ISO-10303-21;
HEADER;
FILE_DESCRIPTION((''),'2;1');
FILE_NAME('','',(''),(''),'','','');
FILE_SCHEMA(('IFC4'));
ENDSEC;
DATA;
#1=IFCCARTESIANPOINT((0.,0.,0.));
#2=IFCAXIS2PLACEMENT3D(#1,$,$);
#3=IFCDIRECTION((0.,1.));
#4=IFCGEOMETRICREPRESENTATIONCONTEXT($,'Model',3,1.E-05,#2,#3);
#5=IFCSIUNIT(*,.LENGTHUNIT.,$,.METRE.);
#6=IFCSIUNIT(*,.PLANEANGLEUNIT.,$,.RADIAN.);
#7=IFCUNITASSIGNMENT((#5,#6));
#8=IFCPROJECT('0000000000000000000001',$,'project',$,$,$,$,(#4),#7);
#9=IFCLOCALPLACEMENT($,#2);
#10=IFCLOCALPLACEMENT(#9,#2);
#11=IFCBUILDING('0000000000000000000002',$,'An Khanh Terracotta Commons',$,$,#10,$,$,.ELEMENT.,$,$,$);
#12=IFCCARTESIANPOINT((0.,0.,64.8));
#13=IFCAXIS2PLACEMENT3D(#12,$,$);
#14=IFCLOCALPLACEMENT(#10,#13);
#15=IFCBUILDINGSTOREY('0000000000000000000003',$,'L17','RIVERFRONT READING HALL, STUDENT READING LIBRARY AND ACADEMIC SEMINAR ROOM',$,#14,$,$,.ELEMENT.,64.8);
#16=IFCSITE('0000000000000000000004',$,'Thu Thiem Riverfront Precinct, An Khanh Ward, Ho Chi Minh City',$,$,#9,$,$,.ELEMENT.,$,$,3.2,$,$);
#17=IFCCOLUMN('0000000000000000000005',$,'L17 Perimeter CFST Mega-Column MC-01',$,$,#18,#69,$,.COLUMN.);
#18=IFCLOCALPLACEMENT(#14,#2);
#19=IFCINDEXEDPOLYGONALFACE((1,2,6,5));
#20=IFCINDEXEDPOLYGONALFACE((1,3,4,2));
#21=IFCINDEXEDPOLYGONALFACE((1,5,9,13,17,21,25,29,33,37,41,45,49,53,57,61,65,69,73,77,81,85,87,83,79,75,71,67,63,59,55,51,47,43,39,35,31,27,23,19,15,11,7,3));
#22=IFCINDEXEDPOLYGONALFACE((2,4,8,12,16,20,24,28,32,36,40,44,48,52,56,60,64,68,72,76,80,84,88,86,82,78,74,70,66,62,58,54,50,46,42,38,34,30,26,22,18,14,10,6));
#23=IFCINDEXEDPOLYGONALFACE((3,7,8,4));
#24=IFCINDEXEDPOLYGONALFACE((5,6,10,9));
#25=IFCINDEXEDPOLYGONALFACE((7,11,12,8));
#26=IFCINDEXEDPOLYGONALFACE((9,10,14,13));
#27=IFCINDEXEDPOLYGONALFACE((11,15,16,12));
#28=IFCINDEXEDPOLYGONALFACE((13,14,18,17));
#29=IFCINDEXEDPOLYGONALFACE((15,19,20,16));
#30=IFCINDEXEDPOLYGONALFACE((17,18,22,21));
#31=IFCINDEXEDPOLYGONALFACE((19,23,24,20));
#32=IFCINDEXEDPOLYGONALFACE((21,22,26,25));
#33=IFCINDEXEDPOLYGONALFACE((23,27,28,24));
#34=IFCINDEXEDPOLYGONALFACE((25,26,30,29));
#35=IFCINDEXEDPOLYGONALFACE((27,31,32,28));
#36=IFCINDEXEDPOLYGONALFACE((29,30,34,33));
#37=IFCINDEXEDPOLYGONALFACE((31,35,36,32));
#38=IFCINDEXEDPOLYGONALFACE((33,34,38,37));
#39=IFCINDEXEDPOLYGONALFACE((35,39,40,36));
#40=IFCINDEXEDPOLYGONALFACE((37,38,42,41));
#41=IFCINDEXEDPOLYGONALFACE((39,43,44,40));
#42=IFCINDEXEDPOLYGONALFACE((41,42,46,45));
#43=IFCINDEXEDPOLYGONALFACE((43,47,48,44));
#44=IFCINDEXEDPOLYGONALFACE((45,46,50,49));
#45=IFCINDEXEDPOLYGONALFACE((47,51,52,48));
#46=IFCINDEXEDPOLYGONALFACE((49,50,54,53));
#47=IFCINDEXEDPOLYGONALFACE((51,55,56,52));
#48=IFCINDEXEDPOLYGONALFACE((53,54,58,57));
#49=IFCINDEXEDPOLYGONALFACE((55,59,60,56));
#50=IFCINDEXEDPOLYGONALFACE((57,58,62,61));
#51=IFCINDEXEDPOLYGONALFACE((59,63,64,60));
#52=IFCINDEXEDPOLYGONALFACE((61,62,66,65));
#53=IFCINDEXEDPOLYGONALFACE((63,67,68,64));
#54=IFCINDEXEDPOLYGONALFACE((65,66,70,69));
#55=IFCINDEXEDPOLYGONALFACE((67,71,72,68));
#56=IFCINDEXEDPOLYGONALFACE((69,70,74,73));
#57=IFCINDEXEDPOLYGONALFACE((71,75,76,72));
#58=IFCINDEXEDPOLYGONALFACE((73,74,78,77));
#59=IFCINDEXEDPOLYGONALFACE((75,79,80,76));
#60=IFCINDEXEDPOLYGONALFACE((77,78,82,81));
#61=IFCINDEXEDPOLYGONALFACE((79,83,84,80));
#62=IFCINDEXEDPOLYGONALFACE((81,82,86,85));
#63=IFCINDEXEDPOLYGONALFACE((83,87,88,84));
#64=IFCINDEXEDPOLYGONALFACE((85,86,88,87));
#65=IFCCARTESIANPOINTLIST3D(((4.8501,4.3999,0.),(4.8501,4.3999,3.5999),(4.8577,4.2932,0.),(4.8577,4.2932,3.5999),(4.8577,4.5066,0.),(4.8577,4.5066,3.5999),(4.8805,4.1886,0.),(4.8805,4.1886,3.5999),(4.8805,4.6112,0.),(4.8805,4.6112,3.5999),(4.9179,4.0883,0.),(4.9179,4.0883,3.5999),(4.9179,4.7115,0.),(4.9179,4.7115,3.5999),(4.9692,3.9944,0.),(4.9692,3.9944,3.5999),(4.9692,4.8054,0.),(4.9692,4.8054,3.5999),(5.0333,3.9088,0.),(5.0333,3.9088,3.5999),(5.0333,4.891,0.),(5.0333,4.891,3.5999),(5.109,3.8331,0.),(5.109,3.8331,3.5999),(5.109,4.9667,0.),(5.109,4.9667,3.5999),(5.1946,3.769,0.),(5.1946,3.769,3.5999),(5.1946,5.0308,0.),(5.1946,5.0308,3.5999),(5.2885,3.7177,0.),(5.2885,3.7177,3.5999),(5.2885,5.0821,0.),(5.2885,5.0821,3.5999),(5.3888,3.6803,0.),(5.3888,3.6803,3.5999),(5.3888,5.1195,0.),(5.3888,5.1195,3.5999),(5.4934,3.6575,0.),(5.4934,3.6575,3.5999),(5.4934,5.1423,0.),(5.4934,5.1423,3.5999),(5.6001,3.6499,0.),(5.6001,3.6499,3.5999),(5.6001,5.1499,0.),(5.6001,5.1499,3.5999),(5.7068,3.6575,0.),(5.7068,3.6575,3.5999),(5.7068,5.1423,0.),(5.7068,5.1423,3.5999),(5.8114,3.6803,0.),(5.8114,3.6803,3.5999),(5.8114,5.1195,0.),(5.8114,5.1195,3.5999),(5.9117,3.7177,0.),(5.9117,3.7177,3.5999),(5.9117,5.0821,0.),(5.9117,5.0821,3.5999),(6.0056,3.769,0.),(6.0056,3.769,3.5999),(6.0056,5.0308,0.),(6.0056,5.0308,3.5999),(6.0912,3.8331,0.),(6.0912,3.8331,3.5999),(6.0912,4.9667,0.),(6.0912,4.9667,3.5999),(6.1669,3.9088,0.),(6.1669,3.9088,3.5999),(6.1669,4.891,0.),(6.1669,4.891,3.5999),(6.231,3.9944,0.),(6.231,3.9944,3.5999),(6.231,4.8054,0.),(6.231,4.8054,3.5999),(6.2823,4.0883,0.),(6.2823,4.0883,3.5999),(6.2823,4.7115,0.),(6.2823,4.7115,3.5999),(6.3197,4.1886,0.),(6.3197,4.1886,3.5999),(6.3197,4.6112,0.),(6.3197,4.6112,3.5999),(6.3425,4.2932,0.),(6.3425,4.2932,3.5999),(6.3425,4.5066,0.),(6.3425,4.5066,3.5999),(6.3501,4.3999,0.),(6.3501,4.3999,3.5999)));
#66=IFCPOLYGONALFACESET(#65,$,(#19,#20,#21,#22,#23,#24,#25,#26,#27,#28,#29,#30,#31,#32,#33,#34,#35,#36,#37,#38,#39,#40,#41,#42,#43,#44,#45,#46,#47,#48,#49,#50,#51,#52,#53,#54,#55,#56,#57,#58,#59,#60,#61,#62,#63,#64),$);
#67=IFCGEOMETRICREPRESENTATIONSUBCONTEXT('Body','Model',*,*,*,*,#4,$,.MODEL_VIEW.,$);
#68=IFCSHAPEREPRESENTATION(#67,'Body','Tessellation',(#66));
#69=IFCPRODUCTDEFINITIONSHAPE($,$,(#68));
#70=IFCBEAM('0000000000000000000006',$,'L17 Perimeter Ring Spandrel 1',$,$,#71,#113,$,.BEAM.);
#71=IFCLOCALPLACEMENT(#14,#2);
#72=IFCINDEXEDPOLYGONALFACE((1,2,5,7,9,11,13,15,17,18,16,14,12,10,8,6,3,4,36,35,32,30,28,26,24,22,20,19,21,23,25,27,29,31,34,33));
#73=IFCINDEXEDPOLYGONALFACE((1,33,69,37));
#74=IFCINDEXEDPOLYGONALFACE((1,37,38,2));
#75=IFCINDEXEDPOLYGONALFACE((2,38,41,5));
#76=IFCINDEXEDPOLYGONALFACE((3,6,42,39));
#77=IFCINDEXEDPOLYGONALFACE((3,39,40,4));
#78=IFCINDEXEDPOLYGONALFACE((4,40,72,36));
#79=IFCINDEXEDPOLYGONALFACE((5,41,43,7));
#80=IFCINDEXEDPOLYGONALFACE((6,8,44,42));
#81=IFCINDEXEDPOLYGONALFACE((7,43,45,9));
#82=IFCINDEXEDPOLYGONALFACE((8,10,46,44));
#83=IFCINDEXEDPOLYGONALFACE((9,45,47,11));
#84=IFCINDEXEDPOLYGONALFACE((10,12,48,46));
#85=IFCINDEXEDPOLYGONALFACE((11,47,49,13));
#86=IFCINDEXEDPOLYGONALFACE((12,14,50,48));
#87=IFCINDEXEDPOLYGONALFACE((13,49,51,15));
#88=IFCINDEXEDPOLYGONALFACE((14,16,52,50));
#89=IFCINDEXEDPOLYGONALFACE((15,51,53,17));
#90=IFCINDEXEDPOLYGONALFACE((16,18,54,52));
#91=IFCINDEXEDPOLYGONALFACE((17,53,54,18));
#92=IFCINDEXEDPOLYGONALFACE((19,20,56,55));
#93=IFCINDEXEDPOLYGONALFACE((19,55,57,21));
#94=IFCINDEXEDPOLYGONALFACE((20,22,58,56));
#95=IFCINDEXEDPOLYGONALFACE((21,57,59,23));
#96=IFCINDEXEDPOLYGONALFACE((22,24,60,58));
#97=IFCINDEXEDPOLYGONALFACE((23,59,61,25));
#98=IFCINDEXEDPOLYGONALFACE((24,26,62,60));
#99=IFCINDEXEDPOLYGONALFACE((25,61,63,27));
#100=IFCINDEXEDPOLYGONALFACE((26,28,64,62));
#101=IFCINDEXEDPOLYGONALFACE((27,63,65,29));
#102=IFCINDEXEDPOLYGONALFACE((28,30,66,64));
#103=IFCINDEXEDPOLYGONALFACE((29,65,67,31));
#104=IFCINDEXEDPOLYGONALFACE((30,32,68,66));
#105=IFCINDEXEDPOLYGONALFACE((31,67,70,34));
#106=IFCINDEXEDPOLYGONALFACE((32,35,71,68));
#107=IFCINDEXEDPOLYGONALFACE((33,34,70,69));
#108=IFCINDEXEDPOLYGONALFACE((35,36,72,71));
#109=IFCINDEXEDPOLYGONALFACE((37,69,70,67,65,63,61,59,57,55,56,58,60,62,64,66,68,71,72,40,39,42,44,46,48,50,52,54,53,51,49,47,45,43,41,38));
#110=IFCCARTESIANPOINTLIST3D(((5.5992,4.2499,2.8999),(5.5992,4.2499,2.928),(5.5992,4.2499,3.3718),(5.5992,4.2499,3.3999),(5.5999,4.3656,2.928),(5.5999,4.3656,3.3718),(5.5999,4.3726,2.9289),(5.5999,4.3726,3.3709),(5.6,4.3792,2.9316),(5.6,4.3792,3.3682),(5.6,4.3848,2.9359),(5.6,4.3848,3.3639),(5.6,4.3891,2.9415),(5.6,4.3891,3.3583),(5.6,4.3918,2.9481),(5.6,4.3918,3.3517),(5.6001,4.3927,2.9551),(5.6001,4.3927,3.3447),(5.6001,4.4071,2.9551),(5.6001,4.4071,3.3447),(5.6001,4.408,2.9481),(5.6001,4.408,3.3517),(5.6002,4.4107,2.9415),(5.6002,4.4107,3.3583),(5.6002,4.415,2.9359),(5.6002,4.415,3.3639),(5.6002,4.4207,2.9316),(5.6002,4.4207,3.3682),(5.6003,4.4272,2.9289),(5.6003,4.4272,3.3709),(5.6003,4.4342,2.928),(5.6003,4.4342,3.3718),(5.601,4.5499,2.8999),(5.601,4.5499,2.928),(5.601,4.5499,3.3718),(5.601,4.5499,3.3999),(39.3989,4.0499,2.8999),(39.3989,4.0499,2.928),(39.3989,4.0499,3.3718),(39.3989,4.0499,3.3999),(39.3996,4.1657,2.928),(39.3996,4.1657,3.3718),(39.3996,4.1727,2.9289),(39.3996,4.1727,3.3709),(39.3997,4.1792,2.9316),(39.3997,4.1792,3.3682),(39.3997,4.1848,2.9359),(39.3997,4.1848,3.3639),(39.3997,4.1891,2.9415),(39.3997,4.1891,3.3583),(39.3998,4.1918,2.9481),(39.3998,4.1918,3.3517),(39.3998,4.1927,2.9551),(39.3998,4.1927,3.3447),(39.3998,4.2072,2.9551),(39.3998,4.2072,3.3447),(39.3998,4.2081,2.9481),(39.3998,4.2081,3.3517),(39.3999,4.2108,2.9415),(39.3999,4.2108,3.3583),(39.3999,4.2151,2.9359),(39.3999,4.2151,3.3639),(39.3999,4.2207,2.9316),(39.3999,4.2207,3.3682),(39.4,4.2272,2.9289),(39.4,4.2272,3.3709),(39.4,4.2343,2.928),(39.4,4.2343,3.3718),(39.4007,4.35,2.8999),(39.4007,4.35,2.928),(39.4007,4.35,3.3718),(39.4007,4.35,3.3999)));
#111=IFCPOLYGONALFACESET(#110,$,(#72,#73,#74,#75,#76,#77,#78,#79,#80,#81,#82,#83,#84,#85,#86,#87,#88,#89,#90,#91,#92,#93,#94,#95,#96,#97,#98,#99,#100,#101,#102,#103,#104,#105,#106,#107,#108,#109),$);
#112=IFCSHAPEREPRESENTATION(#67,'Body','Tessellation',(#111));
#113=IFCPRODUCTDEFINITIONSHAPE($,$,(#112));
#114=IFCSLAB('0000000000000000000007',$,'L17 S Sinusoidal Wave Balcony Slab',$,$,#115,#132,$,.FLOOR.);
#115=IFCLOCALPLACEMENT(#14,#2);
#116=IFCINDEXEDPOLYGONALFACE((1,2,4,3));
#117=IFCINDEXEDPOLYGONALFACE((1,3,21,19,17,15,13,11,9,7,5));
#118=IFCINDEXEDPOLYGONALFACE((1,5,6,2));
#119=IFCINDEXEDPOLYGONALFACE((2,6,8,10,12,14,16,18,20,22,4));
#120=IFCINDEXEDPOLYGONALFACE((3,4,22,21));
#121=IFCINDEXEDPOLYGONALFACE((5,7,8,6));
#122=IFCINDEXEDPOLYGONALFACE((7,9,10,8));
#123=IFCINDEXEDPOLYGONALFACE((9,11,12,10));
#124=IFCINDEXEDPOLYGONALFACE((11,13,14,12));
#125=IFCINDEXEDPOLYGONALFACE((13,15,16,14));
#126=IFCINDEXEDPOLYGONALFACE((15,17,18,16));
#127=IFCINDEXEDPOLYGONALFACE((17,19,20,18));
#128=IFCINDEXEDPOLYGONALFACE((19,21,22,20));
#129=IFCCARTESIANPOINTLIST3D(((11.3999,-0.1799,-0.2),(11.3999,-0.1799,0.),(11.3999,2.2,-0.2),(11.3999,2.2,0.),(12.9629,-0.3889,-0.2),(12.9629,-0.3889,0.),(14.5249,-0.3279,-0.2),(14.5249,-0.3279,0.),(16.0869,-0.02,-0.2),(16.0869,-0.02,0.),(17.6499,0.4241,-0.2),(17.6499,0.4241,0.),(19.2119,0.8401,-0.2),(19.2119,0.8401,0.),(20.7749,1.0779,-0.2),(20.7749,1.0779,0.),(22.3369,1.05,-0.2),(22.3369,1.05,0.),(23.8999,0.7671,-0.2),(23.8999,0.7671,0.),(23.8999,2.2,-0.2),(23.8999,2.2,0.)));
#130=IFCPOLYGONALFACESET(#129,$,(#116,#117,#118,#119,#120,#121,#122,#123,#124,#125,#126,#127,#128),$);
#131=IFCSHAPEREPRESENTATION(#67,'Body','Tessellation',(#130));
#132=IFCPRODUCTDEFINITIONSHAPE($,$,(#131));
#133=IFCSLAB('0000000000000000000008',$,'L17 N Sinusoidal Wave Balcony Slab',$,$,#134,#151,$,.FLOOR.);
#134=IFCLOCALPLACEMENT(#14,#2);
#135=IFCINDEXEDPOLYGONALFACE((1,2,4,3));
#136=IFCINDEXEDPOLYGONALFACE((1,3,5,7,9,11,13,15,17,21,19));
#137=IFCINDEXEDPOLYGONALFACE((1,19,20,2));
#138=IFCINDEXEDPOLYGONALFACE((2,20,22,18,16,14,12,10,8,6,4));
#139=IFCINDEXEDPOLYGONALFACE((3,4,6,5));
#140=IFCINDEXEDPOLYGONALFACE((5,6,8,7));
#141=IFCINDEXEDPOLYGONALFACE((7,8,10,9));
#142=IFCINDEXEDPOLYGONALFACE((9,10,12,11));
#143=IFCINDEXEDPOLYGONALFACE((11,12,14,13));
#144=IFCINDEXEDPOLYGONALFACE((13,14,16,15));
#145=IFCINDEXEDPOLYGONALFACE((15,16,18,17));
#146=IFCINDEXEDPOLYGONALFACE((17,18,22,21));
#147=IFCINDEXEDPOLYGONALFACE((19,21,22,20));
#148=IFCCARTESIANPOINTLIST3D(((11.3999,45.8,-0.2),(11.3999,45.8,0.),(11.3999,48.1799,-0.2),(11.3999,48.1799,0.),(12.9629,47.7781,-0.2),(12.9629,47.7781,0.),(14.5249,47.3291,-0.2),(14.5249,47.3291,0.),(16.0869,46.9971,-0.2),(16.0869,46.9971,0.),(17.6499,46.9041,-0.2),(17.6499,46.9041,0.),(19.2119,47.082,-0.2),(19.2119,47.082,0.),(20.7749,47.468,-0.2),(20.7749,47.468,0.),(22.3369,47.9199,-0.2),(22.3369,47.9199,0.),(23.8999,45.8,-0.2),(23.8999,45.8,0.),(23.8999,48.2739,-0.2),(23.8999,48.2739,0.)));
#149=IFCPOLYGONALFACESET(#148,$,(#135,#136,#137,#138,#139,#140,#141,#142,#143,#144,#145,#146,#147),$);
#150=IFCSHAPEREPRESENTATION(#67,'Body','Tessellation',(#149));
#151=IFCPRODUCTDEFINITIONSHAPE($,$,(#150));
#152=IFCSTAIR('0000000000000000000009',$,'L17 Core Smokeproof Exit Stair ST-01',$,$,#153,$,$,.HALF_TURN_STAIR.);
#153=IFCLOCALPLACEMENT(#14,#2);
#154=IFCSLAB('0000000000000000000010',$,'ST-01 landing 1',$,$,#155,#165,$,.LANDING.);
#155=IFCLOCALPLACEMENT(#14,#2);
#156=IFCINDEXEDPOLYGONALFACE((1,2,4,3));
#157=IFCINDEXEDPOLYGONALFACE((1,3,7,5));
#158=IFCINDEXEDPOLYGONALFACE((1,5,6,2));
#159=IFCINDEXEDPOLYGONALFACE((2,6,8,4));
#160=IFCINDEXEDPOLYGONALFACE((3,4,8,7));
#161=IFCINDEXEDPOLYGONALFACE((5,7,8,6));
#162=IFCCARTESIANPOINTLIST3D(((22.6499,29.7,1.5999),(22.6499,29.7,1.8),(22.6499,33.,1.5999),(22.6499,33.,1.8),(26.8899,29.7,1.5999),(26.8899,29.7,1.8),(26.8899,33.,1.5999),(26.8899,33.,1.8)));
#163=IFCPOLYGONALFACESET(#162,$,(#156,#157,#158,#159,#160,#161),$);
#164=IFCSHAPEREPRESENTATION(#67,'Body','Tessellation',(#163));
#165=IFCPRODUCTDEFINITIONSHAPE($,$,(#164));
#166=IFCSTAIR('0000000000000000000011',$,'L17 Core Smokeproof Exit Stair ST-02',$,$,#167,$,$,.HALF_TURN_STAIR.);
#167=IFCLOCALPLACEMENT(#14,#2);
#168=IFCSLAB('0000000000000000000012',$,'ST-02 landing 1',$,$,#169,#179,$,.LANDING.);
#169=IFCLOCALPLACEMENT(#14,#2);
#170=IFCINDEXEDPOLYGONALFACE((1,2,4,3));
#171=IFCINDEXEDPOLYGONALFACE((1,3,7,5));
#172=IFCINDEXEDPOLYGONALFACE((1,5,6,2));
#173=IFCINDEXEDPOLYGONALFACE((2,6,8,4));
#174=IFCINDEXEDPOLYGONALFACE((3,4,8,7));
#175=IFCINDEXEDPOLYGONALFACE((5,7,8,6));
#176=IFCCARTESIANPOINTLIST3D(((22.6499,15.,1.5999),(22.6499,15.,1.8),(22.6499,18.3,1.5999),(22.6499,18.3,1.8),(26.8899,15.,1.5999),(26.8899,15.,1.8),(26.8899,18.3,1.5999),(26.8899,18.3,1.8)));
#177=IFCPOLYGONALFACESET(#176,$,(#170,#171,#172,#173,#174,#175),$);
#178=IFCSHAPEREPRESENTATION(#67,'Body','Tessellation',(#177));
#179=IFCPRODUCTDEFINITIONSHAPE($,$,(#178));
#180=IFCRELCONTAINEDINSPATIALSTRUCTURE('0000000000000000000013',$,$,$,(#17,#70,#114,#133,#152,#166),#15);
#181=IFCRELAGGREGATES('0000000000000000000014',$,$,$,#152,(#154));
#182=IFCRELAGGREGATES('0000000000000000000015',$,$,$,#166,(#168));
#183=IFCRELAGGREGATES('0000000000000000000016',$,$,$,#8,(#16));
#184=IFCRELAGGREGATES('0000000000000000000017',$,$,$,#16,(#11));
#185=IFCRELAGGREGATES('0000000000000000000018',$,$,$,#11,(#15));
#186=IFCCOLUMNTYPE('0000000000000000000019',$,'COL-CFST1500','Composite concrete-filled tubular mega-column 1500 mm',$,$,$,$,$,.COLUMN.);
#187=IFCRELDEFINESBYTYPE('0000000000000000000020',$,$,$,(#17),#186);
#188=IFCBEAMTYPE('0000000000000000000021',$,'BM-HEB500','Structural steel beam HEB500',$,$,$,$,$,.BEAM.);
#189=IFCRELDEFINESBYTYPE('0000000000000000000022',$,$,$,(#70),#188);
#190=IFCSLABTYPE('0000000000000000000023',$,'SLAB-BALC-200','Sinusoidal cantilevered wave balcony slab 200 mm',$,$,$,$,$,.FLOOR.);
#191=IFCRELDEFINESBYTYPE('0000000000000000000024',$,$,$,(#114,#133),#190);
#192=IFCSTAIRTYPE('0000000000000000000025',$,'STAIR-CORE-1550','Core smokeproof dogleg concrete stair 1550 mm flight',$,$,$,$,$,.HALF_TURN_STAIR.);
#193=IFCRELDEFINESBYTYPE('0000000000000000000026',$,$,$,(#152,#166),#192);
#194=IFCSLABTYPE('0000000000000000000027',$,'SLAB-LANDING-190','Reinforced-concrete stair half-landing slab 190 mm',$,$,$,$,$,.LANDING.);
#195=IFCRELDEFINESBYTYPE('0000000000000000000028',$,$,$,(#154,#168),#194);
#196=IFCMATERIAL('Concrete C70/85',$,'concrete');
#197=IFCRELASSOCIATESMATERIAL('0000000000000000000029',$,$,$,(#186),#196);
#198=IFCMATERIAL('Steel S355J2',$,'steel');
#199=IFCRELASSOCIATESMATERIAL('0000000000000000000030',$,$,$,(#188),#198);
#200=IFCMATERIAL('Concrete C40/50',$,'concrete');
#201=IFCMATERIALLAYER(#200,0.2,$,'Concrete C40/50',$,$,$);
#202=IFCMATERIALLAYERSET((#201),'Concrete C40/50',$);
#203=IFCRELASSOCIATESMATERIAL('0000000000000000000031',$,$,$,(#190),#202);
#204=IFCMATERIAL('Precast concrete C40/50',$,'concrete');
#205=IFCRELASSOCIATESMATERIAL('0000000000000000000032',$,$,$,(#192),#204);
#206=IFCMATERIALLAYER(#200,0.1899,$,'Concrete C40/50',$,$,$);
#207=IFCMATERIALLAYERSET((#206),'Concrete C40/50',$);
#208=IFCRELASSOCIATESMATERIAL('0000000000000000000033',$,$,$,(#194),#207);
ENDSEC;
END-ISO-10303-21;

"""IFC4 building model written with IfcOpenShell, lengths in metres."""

from ifc_helpers import new_model, si_unit, direction, frame, origin, origin_2d, place, context, subcontext, project, spatial, polyline, circle, i_section, outline, extrude, material, layer, layer_set, material_profile, profile_set, type_object, element, aggregate, save


model = new_model("IFC4")

# Units and contexts
model_context = context("Model", 3, precision=1e-05, world=origin(), true_north=direction((0.0, 1.0)))
body_context = subcontext(model_context, "Body", "Model", "MODEL_VIEW")
ifc_project = project(units=[si_unit("LENGTHUNIT", "METRE"), si_unit("PLANEANGLEUNIT", "RADIAN")], contexts=[model_context])

# Site, building, storey
site_placement = place(None, origin())
site = spatial("IfcSite", under=ifc_project, at=site_placement, Name="Thu Thiem Riverfront Precinct, An Khanh Ward, Ho Chi Minh City", CompositionType="ELEMENT", RefElevation=3.2)
building_placement = place(site_placement, origin())
building = spatial("IfcBuilding", under=site, at=building_placement, Name="An Khanh Terracotta Commons", CompositionType="ELEMENT")
storey_placement = place(building_placement, frame((0.0, 0.0, 64.8)))
storey = spatial("IfcBuildingStorey", under=building, at=storey_placement, Name="L17", Description="RIVERFRONT READING HALL, STUDENT READING LIBRARY AND ACADEMIC SEMINAR ROOM", CompositionType="ELEMENT", Elevation=64.8)

# Column
ifc_material_1 = material(Name="Concrete C70/85", Category="concrete")
ifc_material_profile_1 = material_profile(ifc_material_1, circle(Radius=0.75, at=origin_2d()), Name="CFST1500")
ifc_profile_set_1 = profile_set([ifc_material_profile_1], Name="Concrete C70/85")
column_type = type_object("IfcColumnType", Name="COL-CFST1500", Description="Composite concrete-filled tubular mega-column 1500 mm", PredefinedType="COLUMN", material=ifc_profile_set_1)
column_placement = place(storey_placement, frame((5.6001, 4.3999, 0.0), z_axis=(0.0, 0.0, 1.0), x_axis=(1.0, 0.0, 0.0)))
element("IfcColumn", 1, at=column_placement, inside=storey, type_object=column_type, Name="L17 Perimeter CFST Mega-Column MC-01", PredefinedType="COLUMN", context=body_context, shape_type="SweptSolid", body=[
    extrude(circle(Radius=0.75, at=origin_2d()), origin(), (0.0, 0.0, 1.0), 3.5999),
])

# Beam
ifc_material_2 = material(Name="Steel S355J2", Category="steel")
ifc_material_profile_2 = material_profile(ifc_material_2, i_section(OverallWidth=0.3, OverallDepth=0.5, WebThickness=0.0144, FlangeThickness=0.0281, FilletRadius=0.0271, at=origin_2d()), Name="HEB500")
ifc_profile_set_2 = profile_set([ifc_material_profile_2], Name="Steel S355J2")
beam_type = type_object("IfcBeamType", Name="BM-HEB500", Description="Structural steel beam HEB500", PredefinedType="BEAM", material=ifc_profile_set_2)
beam_placement = place(storey_placement, frame((5.6001, 4.3999, 3.1499), z_axis=(0.999983, -0.005916, 0.0), x_axis=(0.005916, 0.999983, 0.0)))
element("IfcBeam", 2, at=beam_placement, inside=storey, type_object=beam_type, Name="L17 Perimeter Ring Spandrel 1", PredefinedType="BEAM", context=body_context, shape_type="SweptSolid", body=[
    extrude(i_section(OverallWidth=0.3, OverallDepth=0.5, WebThickness=0.0144, FlangeThickness=0.0281, FilletRadius=0.0271, at=origin_2d()), origin(), (0.0, 0.0, 1.0), 33.8003),
])

# Slabs
ifc_material_3 = material(Name="Concrete C40/50", Category="concrete")
ifc_layer_1 = layer(ifc_material_3, 0.2, Name="Concrete C40/50")
ifc_layer_set_1 = layer_set([ifc_layer_1], Name="Concrete C40/50")
slab_type_1 = type_object("IfcSlabType", Name="SLAB-BALC-200", Description="Sinusoidal cantilevered wave balcony slab 200 mm", PredefinedType="FLOOR", material=ifc_layer_set_1)
slab_1_placement = place(storey_placement, frame((0.0, 0.0, -0.2)))
element("IfcSlab", 3, at=slab_1_placement, inside=storey, type_object=slab_type_1, Name="L17 S Sinusoidal Wave Balcony Slab", PredefinedType="FLOOR", context=body_context, shape_type="SweptSolid", body=[
    extrude(outline(polyline([(11.3999, 2.2), (11.3999, -0.1799), (12.9629, -0.3889), (14.5249, -0.3279), (16.0869, -0.02), (17.6499, 0.4241), (19.2119, 0.8401), (20.7749, 1.0779), (22.3369, 1.05), (23.8999, 0.7671), (23.8999, 2.2), (11.3999, 2.2)])), origin(), (0.0, 0.0, 1.0), 0.2),
])
slab_2_placement = place(storey_placement, frame((0.0, 0.0, -0.2)))
element("IfcSlab", 4, at=slab_2_placement, inside=storey, type_object=slab_type_1, Name="L17 N Sinusoidal Wave Balcony Slab", PredefinedType="FLOOR", context=body_context, shape_type="SweptSolid", body=[
    extrude(outline(polyline([(23.8999, 45.8), (23.8999, 48.2739), (22.3369, 47.9199), (20.7749, 47.468), (19.2119, 47.082), (17.6499, 46.9041), (16.0869, 46.9971), (14.5249, 47.3291), (12.9629, 47.7781), (11.3999, 48.1799), (11.3999, 45.8), (23.8999, 45.8)])), origin(), (0.0, 0.0, 1.0), 0.2),
])

# Stairs, slabs
ifc_material_4 = material(Name="Precast concrete C40/50", Category="concrete")
stair_type = type_object("IfcStairType", Name="STAIR-CORE-1550", Description="Core smokeproof dogleg concrete stair 1550 mm flight", PredefinedType="HALF_TURN_STAIR", material=ifc_material_4)
stair_1_placement = place(storey_placement, origin())
stair_1 = element("IfcStair", 5, at=stair_1_placement, inside=storey, type_object=stair_type, Name="L17 Core Smokeproof Exit Stair ST-01", PredefinedType="HALF_TURN_STAIR")
ifc_layer_2 = layer(ifc_material_3, 0.1899, Name="Concrete C40/50")
ifc_layer_set_2 = layer_set([ifc_layer_2], Name="Concrete C40/50")
slab_type_2 = type_object("IfcSlabType", Name="SLAB-LANDING-190", Description="Reinforced-concrete stair half-landing slab 190 mm", PredefinedType="LANDING", material=ifc_layer_set_2)
slab_3_placement = place(storey_placement, frame((0.0, 0.0, 1.5999)))
slab_3 = element("IfcSlab", 6, at=slab_3_placement, type_object=slab_type_2, Name="ST-01 landing 1", PredefinedType="LANDING", context=body_context, shape_type="SweptSolid", body=[
    extrude(outline(polyline([(26.8899, 33.0), (22.6499, 33.0), (22.6499, 29.7), (26.8899, 29.7), (26.8899, 33.0)])), origin(), (0.0, 0.0, 1.0), 0.2002),
])
aggregate(stair_1, [slab_3])
stair_2_placement = place(storey_placement, origin())
stair_2 = element("IfcStair", 7, at=stair_2_placement, inside=storey, type_object=stair_type, Name="L17 Core Smokeproof Exit Stair ST-02", PredefinedType="HALF_TURN_STAIR")
slab_4_placement = place(storey_placement, frame((0.0, 0.0, 1.5999)))
slab_4 = element("IfcSlab", 8, at=slab_4_placement, type_object=slab_type_2, Name="ST-02 landing 1", PredefinedType="LANDING", context=body_context, shape_type="SweptSolid", body=[
    extrude(outline(polyline([(26.8899, 18.3), (22.6499, 18.3), (22.6499, 15.0), (26.8899, 15.0), (26.8899, 18.3)])), origin(), (0.0, 0.0, 1.0), 0.2002),
])
aggregate(stair_2, [slab_4])

save(model, "model.ifc")
